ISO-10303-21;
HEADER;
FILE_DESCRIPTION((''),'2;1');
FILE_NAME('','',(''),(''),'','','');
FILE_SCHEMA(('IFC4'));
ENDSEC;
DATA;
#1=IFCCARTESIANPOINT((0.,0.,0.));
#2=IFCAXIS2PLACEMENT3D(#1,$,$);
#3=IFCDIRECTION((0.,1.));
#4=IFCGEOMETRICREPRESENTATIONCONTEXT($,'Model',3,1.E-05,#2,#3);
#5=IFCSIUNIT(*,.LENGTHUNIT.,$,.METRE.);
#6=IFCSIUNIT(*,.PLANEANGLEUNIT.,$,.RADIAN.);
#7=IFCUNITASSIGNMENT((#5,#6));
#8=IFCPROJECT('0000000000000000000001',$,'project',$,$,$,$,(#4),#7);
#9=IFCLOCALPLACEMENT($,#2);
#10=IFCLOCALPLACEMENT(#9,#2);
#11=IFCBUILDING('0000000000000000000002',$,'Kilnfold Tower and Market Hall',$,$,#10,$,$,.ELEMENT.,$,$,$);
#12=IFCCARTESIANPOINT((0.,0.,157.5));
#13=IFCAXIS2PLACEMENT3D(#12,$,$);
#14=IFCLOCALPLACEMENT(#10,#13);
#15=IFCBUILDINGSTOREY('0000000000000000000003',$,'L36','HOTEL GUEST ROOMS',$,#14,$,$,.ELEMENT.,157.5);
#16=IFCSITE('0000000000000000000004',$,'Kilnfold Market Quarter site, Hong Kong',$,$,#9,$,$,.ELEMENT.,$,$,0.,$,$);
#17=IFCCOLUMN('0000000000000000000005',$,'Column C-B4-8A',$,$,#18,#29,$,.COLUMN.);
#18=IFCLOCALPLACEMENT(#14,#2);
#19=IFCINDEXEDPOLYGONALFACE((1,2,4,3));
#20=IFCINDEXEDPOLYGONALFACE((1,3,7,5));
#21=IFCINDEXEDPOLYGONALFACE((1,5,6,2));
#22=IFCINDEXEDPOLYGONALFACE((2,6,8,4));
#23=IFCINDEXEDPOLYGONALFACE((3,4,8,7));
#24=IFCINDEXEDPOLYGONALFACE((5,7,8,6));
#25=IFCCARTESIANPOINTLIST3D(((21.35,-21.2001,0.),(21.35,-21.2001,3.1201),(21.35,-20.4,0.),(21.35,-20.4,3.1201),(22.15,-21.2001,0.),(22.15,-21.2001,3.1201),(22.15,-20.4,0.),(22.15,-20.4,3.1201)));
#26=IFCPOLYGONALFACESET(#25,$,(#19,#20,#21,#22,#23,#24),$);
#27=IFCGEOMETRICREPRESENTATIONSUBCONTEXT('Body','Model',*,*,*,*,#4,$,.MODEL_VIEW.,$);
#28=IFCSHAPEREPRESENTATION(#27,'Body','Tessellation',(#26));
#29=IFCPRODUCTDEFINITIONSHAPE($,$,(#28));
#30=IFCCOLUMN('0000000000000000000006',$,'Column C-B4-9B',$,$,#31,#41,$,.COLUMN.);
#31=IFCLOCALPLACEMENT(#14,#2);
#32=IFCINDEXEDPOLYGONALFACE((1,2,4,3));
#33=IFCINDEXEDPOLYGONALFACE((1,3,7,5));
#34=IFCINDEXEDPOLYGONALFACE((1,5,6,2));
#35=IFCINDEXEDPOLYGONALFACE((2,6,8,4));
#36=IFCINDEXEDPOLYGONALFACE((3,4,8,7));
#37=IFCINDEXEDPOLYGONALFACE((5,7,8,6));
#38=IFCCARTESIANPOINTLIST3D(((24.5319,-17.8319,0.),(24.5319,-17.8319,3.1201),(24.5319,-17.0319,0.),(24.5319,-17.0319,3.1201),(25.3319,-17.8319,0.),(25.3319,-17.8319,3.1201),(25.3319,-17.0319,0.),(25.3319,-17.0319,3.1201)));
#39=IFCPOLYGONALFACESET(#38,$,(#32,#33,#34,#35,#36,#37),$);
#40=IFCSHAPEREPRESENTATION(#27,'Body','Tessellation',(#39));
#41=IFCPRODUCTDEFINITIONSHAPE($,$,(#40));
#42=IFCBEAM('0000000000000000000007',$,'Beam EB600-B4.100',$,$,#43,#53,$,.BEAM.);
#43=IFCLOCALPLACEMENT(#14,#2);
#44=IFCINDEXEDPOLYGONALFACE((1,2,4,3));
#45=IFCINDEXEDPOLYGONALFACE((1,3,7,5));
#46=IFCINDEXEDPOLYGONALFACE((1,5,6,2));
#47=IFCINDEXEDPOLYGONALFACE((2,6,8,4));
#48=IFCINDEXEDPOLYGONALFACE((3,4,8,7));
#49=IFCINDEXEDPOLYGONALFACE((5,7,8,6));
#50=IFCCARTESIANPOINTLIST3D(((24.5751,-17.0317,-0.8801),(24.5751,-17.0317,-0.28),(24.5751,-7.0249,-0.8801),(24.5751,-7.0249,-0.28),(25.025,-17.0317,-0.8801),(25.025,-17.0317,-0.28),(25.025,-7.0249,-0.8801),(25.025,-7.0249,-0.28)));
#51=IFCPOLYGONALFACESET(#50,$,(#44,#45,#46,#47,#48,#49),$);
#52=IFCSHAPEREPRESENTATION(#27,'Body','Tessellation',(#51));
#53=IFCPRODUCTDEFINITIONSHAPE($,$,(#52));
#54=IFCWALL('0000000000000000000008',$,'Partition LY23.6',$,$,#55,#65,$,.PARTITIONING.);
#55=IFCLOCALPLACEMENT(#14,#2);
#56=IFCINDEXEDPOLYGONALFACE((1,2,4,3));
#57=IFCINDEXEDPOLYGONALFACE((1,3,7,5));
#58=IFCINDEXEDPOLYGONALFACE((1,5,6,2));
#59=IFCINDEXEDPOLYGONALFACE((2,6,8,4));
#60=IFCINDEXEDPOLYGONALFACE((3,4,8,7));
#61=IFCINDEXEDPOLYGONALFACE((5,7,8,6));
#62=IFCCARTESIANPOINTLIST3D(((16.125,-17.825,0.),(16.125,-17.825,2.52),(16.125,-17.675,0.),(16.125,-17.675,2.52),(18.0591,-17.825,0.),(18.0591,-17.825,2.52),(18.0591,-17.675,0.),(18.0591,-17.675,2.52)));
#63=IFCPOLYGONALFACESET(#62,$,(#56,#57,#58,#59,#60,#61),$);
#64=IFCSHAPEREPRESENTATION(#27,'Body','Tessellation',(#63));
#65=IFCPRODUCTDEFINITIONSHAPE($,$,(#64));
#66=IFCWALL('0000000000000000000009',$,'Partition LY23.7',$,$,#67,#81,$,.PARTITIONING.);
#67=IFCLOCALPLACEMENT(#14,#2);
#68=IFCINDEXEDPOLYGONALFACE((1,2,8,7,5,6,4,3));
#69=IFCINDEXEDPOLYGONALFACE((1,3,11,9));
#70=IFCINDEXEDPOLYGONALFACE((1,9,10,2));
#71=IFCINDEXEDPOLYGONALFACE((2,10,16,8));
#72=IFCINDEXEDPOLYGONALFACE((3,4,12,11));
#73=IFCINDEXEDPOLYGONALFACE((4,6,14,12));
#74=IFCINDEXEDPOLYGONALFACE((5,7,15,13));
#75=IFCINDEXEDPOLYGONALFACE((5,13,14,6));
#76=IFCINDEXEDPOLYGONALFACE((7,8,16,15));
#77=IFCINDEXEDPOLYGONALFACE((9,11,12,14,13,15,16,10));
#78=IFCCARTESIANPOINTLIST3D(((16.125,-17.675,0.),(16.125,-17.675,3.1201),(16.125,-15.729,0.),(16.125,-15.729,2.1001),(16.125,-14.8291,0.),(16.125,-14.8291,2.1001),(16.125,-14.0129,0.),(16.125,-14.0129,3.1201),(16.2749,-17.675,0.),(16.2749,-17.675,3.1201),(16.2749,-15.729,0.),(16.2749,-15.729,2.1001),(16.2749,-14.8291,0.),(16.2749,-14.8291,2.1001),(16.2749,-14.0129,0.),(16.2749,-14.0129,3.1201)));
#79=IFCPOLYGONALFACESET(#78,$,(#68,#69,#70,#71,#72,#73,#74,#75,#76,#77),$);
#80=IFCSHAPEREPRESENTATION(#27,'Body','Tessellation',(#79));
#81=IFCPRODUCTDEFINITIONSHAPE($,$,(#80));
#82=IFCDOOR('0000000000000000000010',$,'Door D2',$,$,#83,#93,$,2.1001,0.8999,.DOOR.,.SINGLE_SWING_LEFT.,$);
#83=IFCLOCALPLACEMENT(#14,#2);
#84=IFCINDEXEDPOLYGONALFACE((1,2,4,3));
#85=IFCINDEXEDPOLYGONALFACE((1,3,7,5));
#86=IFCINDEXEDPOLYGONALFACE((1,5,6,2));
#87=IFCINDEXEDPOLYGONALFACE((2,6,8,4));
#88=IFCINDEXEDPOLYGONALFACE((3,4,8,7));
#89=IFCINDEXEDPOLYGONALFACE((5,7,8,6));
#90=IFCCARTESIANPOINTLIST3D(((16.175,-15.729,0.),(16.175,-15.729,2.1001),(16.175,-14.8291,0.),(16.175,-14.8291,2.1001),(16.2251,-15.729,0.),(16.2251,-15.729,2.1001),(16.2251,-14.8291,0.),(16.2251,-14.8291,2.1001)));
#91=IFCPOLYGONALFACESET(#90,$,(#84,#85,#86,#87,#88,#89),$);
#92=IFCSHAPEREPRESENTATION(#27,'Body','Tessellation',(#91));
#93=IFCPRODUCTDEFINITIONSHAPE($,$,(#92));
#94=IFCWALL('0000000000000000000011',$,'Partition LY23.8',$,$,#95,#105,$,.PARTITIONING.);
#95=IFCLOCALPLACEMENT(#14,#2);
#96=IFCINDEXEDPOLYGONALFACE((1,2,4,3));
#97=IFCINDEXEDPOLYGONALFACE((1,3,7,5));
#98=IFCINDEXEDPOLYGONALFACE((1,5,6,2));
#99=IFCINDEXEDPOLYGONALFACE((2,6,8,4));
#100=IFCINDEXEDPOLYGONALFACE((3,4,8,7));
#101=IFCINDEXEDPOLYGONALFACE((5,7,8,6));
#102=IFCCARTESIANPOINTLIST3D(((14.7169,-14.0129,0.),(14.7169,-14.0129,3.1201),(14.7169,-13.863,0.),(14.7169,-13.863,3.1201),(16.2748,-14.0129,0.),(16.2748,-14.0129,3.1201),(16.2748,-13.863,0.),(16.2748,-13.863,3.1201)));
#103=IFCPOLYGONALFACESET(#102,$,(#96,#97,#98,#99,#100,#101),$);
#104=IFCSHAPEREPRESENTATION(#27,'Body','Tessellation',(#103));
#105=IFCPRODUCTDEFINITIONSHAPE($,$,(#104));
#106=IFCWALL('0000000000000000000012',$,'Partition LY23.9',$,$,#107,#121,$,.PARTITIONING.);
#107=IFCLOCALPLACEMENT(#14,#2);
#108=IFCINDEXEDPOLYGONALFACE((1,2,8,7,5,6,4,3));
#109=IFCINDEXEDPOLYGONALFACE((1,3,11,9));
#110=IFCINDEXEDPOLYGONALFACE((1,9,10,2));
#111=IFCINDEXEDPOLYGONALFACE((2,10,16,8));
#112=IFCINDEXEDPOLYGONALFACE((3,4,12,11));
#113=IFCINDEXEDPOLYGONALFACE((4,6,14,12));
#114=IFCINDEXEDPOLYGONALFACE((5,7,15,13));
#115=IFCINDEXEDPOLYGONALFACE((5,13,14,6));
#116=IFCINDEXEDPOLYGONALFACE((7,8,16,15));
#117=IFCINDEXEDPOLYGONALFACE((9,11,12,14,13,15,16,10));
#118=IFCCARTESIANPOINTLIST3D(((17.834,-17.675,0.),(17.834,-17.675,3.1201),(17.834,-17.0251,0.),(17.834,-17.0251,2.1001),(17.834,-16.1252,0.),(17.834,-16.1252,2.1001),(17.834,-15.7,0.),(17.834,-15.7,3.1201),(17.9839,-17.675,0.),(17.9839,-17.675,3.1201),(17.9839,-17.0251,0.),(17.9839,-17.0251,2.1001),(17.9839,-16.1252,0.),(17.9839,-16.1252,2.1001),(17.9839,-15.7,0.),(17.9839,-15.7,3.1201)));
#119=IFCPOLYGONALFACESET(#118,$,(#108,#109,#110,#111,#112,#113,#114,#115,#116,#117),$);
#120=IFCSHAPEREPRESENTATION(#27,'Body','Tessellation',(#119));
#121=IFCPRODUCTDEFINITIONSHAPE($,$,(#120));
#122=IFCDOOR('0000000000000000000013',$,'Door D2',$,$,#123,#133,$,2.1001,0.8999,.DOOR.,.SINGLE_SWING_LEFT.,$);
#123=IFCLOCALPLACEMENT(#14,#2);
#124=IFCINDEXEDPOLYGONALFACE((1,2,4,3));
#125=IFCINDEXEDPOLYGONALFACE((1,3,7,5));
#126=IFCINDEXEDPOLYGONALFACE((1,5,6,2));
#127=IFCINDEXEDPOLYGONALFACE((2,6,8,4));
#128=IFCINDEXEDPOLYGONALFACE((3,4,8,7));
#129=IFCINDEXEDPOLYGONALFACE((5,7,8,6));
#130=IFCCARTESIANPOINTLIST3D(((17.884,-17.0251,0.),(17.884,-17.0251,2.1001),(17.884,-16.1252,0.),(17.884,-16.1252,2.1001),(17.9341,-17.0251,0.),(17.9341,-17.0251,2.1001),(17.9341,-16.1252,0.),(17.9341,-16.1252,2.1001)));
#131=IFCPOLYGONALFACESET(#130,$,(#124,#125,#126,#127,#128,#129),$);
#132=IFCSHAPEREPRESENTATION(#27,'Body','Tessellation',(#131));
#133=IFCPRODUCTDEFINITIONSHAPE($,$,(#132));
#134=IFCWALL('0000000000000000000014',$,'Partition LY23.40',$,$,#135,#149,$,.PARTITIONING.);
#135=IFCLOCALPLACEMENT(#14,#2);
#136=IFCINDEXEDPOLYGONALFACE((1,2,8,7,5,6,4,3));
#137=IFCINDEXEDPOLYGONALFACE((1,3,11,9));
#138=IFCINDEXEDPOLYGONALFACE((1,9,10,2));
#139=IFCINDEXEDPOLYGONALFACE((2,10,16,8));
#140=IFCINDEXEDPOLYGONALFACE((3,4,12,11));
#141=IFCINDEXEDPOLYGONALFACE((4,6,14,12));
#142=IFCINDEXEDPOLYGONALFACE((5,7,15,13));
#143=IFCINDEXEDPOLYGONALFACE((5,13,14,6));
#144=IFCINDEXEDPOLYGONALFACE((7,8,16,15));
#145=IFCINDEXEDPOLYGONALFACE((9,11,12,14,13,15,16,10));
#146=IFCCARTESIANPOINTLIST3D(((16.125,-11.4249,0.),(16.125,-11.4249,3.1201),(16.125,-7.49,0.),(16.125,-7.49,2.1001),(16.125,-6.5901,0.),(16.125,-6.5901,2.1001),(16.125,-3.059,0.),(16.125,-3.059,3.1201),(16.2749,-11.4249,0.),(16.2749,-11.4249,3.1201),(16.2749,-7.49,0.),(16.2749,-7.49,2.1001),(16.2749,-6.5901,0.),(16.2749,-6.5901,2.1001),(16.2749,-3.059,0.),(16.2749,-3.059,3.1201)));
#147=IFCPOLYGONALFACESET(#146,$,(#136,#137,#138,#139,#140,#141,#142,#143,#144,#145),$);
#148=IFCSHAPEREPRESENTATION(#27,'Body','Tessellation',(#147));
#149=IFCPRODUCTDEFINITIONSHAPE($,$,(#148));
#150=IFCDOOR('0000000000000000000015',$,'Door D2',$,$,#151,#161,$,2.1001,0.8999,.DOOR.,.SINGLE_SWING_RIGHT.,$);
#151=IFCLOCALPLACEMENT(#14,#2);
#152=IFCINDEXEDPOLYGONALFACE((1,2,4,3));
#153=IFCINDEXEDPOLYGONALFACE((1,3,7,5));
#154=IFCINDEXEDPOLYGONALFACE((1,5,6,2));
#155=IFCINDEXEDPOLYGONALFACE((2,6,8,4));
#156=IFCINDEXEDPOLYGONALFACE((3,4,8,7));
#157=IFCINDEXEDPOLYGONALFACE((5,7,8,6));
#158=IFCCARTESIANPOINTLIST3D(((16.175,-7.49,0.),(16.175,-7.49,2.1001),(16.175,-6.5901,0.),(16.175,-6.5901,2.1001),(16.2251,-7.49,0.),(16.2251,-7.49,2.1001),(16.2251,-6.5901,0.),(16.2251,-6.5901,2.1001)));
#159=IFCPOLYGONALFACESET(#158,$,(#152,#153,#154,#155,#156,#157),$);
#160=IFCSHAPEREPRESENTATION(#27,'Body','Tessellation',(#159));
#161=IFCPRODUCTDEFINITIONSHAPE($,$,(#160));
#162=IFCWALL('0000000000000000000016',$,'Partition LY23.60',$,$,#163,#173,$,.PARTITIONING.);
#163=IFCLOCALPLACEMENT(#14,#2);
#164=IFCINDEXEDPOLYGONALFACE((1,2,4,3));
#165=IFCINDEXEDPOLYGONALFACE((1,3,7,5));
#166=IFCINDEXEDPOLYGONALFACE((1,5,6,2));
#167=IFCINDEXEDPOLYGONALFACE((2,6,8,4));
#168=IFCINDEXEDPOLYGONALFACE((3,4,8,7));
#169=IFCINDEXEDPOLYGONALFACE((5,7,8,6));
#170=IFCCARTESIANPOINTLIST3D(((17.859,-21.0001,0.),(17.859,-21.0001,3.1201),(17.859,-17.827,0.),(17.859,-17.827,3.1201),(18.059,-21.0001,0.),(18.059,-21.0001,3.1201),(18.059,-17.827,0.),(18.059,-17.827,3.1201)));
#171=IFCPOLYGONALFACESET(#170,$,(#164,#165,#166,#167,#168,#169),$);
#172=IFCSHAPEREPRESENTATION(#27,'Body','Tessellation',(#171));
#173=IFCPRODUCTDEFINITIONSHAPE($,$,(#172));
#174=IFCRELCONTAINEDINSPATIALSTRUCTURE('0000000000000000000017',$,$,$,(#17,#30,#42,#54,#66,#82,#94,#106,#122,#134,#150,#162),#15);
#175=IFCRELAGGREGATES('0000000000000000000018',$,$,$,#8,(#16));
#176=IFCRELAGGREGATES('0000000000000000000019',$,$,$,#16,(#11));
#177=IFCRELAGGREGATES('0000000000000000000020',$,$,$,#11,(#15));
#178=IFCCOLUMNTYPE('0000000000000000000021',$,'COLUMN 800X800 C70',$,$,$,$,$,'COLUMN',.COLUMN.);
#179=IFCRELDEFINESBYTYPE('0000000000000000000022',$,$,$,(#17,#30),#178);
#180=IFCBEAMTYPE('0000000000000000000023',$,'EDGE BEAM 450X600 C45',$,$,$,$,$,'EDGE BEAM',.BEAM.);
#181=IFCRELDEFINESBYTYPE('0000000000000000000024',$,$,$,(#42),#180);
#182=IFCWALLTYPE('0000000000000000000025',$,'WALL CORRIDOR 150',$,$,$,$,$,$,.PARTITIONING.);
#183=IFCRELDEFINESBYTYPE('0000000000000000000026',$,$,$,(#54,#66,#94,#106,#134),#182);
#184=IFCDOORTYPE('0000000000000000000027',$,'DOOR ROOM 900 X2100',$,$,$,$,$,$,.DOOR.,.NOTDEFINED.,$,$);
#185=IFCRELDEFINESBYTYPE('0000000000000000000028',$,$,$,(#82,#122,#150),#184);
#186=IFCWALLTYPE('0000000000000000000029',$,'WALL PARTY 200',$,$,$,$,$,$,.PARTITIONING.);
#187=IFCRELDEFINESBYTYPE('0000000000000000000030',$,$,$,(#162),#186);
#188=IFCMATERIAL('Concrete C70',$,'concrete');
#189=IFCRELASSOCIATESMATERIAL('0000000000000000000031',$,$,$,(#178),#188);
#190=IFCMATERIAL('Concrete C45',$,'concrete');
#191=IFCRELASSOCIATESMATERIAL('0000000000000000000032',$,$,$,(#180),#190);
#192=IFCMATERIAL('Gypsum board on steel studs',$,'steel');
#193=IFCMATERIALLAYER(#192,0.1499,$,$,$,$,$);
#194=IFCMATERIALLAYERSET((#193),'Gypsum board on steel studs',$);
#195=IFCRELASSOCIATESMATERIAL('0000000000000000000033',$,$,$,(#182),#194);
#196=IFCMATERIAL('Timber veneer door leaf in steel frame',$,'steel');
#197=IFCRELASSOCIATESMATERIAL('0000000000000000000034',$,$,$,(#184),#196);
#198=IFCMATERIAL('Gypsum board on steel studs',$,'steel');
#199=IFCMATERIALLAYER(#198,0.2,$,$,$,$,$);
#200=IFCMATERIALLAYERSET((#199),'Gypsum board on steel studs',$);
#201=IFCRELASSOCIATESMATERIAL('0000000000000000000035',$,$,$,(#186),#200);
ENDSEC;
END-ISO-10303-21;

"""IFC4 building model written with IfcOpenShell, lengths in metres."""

from ifc_helpers import new_model, si_unit, direction, frame, frame_2d, origin, origin_2d, place, context, subcontext, project, spatial, rectangle, extrude, source, transform, mapped, material, layer, layer_set, material_profile, profile_set, type_object, element, fill, save


model = new_model("IFC4")

# Units and contexts
model_context = context("Model", 3, precision=1e-05, world=origin(), true_north=direction((0.0, 1.0)))
body_context = subcontext(model_context, "Body", "Model", "MODEL_VIEW")
ifc_project = project(units=[si_unit("LENGTHUNIT", "METRE"), si_unit("PLANEANGLEUNIT", "RADIAN")], contexts=[model_context])

# Site, building, storey
site_placement = place(None, origin())
site = spatial("IfcSite", under=ifc_project, at=site_placement, Name="Kilnfold Market Quarter site, Hong Kong", CompositionType="ELEMENT", RefElevation=0.0)
building_placement = place(site_placement, origin())
building = spatial("IfcBuilding", under=site, at=building_placement, Name="Kilnfold Tower and Market Hall", CompositionType="ELEMENT")
storey_placement = place(building_placement, frame((0.0, 0.0, 157.5)))
storey = spatial("IfcBuildingStorey", under=building, at=storey_placement, Name="L36", Description="HOTEL GUEST ROOMS", CompositionType="ELEMENT", Elevation=157.5)

# Columns
ifc_material_1 = material(Name="Concrete C70", Category="concrete")
ifc_material_profile_1 = material_profile(ifc_material_1, rectangle(XDim=0.8, YDim=0.8, at=origin_2d()), Name="RC 800x800")
ifc_profile_set_1 = profile_set([ifc_material_profile_1], Name="Concrete C70")
column_type = type_object("IfcColumnType", Name="COLUMN 800X800 C70", ElementType="COLUMN", PredefinedType="COLUMN", material=ifc_profile_set_1)
shared_shape_1 = source(origin(), body_context, "Body", "SweptSolid", [
    extrude(rectangle(XDim=0.8, YDim=0.8, at=origin_2d()), origin(), (0.0, 0.0, 1.0), 3.1201),
])
for number, where, z_axis, x_axis, name in (
    (1, (21.75, -20.8, 0.0), (0.0, 0.0, 1.0), (1.0, 0.0, 0.0), "Column C-B4-8A"),
    (2, (24.9319, -17.4319, 0.0), (0.0, 0.0, 1.0), (1.0, 0.0, 0.0), "Column C-B4-9B"),
):
    element("IfcColumn", number, at=place(storey_placement, frame(where, z_axis=z_axis, x_axis=x_axis)), inside=storey, type_object=column_type, Name=name, PredefinedType="COLUMN", context=body_context, shape_type="MappedRepresentation", body=[
        mapped(shared_shape_1, transform((0.0, 0.0, 0.0))),
    ])

# Beam
ifc_material_2 = material(Name="Concrete C45", Category="concrete")
ifc_material_profile_2 = material_profile(ifc_material_2, rectangle(XDim=0.45, YDim=0.6001, at=origin_2d()), Name="RC 450x600")
ifc_profile_set_2 = profile_set([ifc_material_profile_2], Name="Concrete C45")
beam_type = type_object("IfcBeamType", Name="EDGE BEAM 450X600 C45", ElementType="EDGE BEAM", PredefinedType="BEAM", material=ifc_profile_set_2)
shared_shape_2 = source(origin(), body_context, "Body", "SweptSolid", [
    extrude(rectangle(XDim=0.45, YDim=0.6001, at=origin_2d()), origin(), (0.0, 0.0, 1.0), 10.0068),
])
beam_placement = place(storey_placement, frame((24.8, -17.0317, -0.5801), z_axis=(0.0, 1.0, 0.0), x_axis=(-1.0, 0.0, 0.0)))
element("IfcBeam", 3, at=beam_placement, inside=storey, type_object=beam_type, Name="Beam EB600-B4.100", PredefinedType="BEAM", context=body_context, shape_type="MappedRepresentation", body=[
    mapped(shared_shape_2, transform((0.0, 0.0, 0.0))),
])

# Wall
ifc_material_3 = material(Name="Gypsum board on steel studs", Category="steel")
ifc_layer_1 = layer(ifc_material_3, 0.1499)
ifc_layer_set_1 = layer_set([ifc_layer_1], Name="Gypsum board on steel studs")
wall_type_1 = type_object("IfcWallType", Name="WALL CORRIDOR 150", PredefinedType="PARTITIONING", material=ifc_layer_set_1)
wall_1_placement = place(storey_placement, frame((16.125, -17.75, 0.0), z_axis=(0.0, 0.0, 1.0), x_axis=(1.0, 0.0, 0.0)))
element("IfcWall", 4, at=wall_1_placement, inside=storey, type_object=wall_type_1, Name="Partition LY23.6", PredefinedType="PARTITIONING", context=body_context, shape_type="SweptSolid", body=[
    extrude(rectangle(XDim=1.9341, YDim=0.1499, at=frame_2d((0.967, 0.0))), origin(), (0.0, 0.0, 1.0), 2.52),
])

# Wall, opening, door
wall_2_placement = place(storey_placement, frame((16.2, -17.675, 0.0), z_axis=(0.0, 0.0, 1.0), x_axis=(0.0, 1.0, 0.0)))
wall_2 = element("IfcWall", 5, at=wall_2_placement, inside=storey, type_object=wall_type_1, Name="Partition LY23.7", PredefinedType="PARTITIONING", context=body_context, shape_type="SweptSolid", body=[
    extrude(rectangle(XDim=3.6621, YDim=0.1499, at=frame_2d((1.8311, 0.0))), origin(), (0.0, 0.0, 1.0), 3.1201),
])
opening_1_placement = place(wall_2_placement, frame((1.946, 0.0, 0.0)))
opening_1 = element("IfcOpeningElement", 6, at=opening_1_placement, cuts=wall_2, PredefinedType="OPENING", context=body_context, shape_type="SweptSolid", body=[
    extrude(rectangle(XDim=0.8999, YDim=2.1001, at=frame_2d((0.45, 1.05))), frame((0.0, 0.085, 0.0), z_axis=(0.0, -1.0, 0.0), x_axis=(1.0, 0.0, 0.0)), (0.0, 0.0, 1.0), 0.1699),
])
ifc_material_4 = material(Name="Timber veneer door leaf in steel frame", Category="steel")
door_type_1 = type_object("IfcDoorType", Name="DOOR ROOM 900 X2100", OperationType="NOTDEFINED", PredefinedType="DOOR", material=ifc_material_4)
door_1_placement = place(opening_1_placement, origin())
door_1 = element("IfcDoor", 7, at=door_1_placement, inside=storey, type_object=door_type_1, Name="Door D2", OperationType="SINGLE_SWING_LEFT", OverallHeight=2.1001, OverallWidth=0.8999, PredefinedType="DOOR", context=body_context, shape_type="SweptSolid", body=[
    extrude(rectangle(XDim=0.8999, YDim=2.1001, at=frame_2d((0.45, 1.05))), frame((0.0, 0.0249, 0.0), z_axis=(0.0, -1.0, 0.0), x_axis=(1.0, 0.0, 0.0)), (0.0, 0.0, 1.0), 0.05),
])
fill(opening_1, door_1)

# Wall
wall_3_placement = place(storey_placement, frame((14.717, -13.938, 0.0), z_axis=(0.0, 0.0, 1.0), x_axis=(1.0, 0.0, 0.0)))
element("IfcWall", 8, at=wall_3_placement, inside=storey, type_object=wall_type_1, Name="Partition LY23.8", PredefinedType="PARTITIONING", context=body_context, shape_type="SweptSolid", body=[
    extrude(rectangle(XDim=1.5579, YDim=0.1499, at=frame_2d((0.7788, 0.0))), origin(), (0.0, 0.0, 1.0), 3.1201),
])

# Walls, openings, doors
wall_4_placement = place(storey_placement, frame((17.9089, -17.675, 0.0), z_axis=(0.0, 0.0, 1.0), x_axis=(0.0, 1.0, 0.0)))
wall_4 = element("IfcWall", 9, at=wall_4_placement, inside=storey, type_object=wall_type_1, Name="Partition LY23.9", PredefinedType="PARTITIONING", context=body_context, shape_type="SweptSolid", body=[
    extrude(rectangle(XDim=1.9751, YDim=0.1499, at=frame_2d((0.9875, 0.0))), origin(), (0.0, 0.0, 1.0), 3.1201),
])
opening_2_placement = place(wall_4_placement, frame((0.6499, 0.0, 0.0)))
opening_2 = element("IfcOpeningElement", 10, at=opening_2_placement, cuts=wall_4, PredefinedType="OPENING", context=body_context, shape_type="SweptSolid", body=[
    extrude(rectangle(XDim=0.8999, YDim=2.1001, at=frame_2d((0.45, 1.05))), frame((0.0, 0.085, 0.0), z_axis=(0.0, -1.0, 0.0), x_axis=(1.0, 0.0, 0.0)), (0.0, 0.0, 1.0), 0.1699),
])
door_2_placement = place(opening_2_placement, origin())
door_2 = element("IfcDoor", 11, at=door_2_placement, inside=storey, type_object=door_type_1, Name="Door D2", OperationType="SINGLE_SWING_LEFT", OverallHeight=2.1001, OverallWidth=0.8999, PredefinedType="DOOR", context=body_context, shape_type="SweptSolid", body=[
    extrude(rectangle(XDim=0.8999, YDim=2.1001, at=frame_2d((0.45, 1.05))), frame((0.0, 0.0249, 0.0), z_axis=(0.0, -1.0, 0.0), x_axis=(1.0, 0.0, 0.0)), (0.0, 0.0, 1.0), 0.05),
])
fill(opening_2, door_2)
wall_5_placement = place(storey_placement, frame((16.2, -11.425, 0.0), z_axis=(0.0, 0.0, 1.0), x_axis=(0.0, 1.0, 0.0)))
wall_5 = element("IfcWall", 12, at=wall_5_placement, inside=storey, type_object=wall_type_1, Name="Partition LY23.40", PredefinedType="PARTITIONING", context=body_context, shape_type="SweptSolid", body=[
    extrude(rectangle(XDim=8.366, YDim=0.1499, at=frame_2d((4.1831, 0.0))), origin(), (0.0, 0.0, 1.0), 3.1201),
])
opening_3_placement = place(wall_5_placement, frame((3.9351, 0.0, 0.0)))
opening_3 = element("IfcOpeningElement", 13, at=opening_3_placement, cuts=wall_5, PredefinedType="OPENING", context=body_context, shape_type="SweptSolid", body=[
    extrude(rectangle(XDim=0.8999, YDim=2.1001, at=frame_2d((0.45, 1.05))), frame((0.0, 0.085, 0.0), z_axis=(0.0, -1.0, 0.0), x_axis=(1.0, 0.0, 0.0)), (0.0, 0.0, 1.0), 0.1699),
])
door_3_placement = place(opening_3_placement, origin())
door_3 = element("IfcDoor", 14, at=door_3_placement, inside=storey, type_object=door_type_1, Name="Door D2", OperationType="SINGLE_SWING_RIGHT", OverallHeight=2.1001, OverallWidth=0.8999, PredefinedType="DOOR", context=body_context, shape_type="SweptSolid", body=[
    extrude(rectangle(XDim=0.8999, YDim=2.1001, at=frame_2d((0.45, 1.05))), frame((0.0, 0.0249, 0.0), z_axis=(0.0, -1.0, 0.0), x_axis=(1.0, 0.0, 0.0)), (0.0, 0.0, 1.0), 0.05),
])
fill(opening_3, door_3)

# Wall
ifc_material_5 = material(Name="Gypsum board on steel studs", Category="steel")
ifc_layer_2 = layer(ifc_material_5, 0.2)
ifc_layer_set_2 = layer_set([ifc_layer_2], Name="Gypsum board on steel studs")
wall_type_2 = type_object("IfcWallType", Name="WALL PARTY 200", PredefinedType="PARTITIONING", material=ifc_layer_set_2)
wall_6_placement = place(storey_placement, frame((17.959, -21.0, 0.0), z_axis=(0.0, 0.0, 1.0), x_axis=(0.0, 1.0, 0.0)))
element("IfcWall", 15, at=wall_6_placement, inside=storey, type_object=wall_type_2, Name="Partition LY23.60", PredefinedType="PARTITIONING", context=body_context, shape_type="SweptSolid", body=[
    extrude(rectangle(XDim=3.1731, YDim=0.2, at=frame_2d((1.5864, 0.0))), origin(), (0.0, 0.0, 1.0), 3.1201),
])

save(model, "model.ifc")
